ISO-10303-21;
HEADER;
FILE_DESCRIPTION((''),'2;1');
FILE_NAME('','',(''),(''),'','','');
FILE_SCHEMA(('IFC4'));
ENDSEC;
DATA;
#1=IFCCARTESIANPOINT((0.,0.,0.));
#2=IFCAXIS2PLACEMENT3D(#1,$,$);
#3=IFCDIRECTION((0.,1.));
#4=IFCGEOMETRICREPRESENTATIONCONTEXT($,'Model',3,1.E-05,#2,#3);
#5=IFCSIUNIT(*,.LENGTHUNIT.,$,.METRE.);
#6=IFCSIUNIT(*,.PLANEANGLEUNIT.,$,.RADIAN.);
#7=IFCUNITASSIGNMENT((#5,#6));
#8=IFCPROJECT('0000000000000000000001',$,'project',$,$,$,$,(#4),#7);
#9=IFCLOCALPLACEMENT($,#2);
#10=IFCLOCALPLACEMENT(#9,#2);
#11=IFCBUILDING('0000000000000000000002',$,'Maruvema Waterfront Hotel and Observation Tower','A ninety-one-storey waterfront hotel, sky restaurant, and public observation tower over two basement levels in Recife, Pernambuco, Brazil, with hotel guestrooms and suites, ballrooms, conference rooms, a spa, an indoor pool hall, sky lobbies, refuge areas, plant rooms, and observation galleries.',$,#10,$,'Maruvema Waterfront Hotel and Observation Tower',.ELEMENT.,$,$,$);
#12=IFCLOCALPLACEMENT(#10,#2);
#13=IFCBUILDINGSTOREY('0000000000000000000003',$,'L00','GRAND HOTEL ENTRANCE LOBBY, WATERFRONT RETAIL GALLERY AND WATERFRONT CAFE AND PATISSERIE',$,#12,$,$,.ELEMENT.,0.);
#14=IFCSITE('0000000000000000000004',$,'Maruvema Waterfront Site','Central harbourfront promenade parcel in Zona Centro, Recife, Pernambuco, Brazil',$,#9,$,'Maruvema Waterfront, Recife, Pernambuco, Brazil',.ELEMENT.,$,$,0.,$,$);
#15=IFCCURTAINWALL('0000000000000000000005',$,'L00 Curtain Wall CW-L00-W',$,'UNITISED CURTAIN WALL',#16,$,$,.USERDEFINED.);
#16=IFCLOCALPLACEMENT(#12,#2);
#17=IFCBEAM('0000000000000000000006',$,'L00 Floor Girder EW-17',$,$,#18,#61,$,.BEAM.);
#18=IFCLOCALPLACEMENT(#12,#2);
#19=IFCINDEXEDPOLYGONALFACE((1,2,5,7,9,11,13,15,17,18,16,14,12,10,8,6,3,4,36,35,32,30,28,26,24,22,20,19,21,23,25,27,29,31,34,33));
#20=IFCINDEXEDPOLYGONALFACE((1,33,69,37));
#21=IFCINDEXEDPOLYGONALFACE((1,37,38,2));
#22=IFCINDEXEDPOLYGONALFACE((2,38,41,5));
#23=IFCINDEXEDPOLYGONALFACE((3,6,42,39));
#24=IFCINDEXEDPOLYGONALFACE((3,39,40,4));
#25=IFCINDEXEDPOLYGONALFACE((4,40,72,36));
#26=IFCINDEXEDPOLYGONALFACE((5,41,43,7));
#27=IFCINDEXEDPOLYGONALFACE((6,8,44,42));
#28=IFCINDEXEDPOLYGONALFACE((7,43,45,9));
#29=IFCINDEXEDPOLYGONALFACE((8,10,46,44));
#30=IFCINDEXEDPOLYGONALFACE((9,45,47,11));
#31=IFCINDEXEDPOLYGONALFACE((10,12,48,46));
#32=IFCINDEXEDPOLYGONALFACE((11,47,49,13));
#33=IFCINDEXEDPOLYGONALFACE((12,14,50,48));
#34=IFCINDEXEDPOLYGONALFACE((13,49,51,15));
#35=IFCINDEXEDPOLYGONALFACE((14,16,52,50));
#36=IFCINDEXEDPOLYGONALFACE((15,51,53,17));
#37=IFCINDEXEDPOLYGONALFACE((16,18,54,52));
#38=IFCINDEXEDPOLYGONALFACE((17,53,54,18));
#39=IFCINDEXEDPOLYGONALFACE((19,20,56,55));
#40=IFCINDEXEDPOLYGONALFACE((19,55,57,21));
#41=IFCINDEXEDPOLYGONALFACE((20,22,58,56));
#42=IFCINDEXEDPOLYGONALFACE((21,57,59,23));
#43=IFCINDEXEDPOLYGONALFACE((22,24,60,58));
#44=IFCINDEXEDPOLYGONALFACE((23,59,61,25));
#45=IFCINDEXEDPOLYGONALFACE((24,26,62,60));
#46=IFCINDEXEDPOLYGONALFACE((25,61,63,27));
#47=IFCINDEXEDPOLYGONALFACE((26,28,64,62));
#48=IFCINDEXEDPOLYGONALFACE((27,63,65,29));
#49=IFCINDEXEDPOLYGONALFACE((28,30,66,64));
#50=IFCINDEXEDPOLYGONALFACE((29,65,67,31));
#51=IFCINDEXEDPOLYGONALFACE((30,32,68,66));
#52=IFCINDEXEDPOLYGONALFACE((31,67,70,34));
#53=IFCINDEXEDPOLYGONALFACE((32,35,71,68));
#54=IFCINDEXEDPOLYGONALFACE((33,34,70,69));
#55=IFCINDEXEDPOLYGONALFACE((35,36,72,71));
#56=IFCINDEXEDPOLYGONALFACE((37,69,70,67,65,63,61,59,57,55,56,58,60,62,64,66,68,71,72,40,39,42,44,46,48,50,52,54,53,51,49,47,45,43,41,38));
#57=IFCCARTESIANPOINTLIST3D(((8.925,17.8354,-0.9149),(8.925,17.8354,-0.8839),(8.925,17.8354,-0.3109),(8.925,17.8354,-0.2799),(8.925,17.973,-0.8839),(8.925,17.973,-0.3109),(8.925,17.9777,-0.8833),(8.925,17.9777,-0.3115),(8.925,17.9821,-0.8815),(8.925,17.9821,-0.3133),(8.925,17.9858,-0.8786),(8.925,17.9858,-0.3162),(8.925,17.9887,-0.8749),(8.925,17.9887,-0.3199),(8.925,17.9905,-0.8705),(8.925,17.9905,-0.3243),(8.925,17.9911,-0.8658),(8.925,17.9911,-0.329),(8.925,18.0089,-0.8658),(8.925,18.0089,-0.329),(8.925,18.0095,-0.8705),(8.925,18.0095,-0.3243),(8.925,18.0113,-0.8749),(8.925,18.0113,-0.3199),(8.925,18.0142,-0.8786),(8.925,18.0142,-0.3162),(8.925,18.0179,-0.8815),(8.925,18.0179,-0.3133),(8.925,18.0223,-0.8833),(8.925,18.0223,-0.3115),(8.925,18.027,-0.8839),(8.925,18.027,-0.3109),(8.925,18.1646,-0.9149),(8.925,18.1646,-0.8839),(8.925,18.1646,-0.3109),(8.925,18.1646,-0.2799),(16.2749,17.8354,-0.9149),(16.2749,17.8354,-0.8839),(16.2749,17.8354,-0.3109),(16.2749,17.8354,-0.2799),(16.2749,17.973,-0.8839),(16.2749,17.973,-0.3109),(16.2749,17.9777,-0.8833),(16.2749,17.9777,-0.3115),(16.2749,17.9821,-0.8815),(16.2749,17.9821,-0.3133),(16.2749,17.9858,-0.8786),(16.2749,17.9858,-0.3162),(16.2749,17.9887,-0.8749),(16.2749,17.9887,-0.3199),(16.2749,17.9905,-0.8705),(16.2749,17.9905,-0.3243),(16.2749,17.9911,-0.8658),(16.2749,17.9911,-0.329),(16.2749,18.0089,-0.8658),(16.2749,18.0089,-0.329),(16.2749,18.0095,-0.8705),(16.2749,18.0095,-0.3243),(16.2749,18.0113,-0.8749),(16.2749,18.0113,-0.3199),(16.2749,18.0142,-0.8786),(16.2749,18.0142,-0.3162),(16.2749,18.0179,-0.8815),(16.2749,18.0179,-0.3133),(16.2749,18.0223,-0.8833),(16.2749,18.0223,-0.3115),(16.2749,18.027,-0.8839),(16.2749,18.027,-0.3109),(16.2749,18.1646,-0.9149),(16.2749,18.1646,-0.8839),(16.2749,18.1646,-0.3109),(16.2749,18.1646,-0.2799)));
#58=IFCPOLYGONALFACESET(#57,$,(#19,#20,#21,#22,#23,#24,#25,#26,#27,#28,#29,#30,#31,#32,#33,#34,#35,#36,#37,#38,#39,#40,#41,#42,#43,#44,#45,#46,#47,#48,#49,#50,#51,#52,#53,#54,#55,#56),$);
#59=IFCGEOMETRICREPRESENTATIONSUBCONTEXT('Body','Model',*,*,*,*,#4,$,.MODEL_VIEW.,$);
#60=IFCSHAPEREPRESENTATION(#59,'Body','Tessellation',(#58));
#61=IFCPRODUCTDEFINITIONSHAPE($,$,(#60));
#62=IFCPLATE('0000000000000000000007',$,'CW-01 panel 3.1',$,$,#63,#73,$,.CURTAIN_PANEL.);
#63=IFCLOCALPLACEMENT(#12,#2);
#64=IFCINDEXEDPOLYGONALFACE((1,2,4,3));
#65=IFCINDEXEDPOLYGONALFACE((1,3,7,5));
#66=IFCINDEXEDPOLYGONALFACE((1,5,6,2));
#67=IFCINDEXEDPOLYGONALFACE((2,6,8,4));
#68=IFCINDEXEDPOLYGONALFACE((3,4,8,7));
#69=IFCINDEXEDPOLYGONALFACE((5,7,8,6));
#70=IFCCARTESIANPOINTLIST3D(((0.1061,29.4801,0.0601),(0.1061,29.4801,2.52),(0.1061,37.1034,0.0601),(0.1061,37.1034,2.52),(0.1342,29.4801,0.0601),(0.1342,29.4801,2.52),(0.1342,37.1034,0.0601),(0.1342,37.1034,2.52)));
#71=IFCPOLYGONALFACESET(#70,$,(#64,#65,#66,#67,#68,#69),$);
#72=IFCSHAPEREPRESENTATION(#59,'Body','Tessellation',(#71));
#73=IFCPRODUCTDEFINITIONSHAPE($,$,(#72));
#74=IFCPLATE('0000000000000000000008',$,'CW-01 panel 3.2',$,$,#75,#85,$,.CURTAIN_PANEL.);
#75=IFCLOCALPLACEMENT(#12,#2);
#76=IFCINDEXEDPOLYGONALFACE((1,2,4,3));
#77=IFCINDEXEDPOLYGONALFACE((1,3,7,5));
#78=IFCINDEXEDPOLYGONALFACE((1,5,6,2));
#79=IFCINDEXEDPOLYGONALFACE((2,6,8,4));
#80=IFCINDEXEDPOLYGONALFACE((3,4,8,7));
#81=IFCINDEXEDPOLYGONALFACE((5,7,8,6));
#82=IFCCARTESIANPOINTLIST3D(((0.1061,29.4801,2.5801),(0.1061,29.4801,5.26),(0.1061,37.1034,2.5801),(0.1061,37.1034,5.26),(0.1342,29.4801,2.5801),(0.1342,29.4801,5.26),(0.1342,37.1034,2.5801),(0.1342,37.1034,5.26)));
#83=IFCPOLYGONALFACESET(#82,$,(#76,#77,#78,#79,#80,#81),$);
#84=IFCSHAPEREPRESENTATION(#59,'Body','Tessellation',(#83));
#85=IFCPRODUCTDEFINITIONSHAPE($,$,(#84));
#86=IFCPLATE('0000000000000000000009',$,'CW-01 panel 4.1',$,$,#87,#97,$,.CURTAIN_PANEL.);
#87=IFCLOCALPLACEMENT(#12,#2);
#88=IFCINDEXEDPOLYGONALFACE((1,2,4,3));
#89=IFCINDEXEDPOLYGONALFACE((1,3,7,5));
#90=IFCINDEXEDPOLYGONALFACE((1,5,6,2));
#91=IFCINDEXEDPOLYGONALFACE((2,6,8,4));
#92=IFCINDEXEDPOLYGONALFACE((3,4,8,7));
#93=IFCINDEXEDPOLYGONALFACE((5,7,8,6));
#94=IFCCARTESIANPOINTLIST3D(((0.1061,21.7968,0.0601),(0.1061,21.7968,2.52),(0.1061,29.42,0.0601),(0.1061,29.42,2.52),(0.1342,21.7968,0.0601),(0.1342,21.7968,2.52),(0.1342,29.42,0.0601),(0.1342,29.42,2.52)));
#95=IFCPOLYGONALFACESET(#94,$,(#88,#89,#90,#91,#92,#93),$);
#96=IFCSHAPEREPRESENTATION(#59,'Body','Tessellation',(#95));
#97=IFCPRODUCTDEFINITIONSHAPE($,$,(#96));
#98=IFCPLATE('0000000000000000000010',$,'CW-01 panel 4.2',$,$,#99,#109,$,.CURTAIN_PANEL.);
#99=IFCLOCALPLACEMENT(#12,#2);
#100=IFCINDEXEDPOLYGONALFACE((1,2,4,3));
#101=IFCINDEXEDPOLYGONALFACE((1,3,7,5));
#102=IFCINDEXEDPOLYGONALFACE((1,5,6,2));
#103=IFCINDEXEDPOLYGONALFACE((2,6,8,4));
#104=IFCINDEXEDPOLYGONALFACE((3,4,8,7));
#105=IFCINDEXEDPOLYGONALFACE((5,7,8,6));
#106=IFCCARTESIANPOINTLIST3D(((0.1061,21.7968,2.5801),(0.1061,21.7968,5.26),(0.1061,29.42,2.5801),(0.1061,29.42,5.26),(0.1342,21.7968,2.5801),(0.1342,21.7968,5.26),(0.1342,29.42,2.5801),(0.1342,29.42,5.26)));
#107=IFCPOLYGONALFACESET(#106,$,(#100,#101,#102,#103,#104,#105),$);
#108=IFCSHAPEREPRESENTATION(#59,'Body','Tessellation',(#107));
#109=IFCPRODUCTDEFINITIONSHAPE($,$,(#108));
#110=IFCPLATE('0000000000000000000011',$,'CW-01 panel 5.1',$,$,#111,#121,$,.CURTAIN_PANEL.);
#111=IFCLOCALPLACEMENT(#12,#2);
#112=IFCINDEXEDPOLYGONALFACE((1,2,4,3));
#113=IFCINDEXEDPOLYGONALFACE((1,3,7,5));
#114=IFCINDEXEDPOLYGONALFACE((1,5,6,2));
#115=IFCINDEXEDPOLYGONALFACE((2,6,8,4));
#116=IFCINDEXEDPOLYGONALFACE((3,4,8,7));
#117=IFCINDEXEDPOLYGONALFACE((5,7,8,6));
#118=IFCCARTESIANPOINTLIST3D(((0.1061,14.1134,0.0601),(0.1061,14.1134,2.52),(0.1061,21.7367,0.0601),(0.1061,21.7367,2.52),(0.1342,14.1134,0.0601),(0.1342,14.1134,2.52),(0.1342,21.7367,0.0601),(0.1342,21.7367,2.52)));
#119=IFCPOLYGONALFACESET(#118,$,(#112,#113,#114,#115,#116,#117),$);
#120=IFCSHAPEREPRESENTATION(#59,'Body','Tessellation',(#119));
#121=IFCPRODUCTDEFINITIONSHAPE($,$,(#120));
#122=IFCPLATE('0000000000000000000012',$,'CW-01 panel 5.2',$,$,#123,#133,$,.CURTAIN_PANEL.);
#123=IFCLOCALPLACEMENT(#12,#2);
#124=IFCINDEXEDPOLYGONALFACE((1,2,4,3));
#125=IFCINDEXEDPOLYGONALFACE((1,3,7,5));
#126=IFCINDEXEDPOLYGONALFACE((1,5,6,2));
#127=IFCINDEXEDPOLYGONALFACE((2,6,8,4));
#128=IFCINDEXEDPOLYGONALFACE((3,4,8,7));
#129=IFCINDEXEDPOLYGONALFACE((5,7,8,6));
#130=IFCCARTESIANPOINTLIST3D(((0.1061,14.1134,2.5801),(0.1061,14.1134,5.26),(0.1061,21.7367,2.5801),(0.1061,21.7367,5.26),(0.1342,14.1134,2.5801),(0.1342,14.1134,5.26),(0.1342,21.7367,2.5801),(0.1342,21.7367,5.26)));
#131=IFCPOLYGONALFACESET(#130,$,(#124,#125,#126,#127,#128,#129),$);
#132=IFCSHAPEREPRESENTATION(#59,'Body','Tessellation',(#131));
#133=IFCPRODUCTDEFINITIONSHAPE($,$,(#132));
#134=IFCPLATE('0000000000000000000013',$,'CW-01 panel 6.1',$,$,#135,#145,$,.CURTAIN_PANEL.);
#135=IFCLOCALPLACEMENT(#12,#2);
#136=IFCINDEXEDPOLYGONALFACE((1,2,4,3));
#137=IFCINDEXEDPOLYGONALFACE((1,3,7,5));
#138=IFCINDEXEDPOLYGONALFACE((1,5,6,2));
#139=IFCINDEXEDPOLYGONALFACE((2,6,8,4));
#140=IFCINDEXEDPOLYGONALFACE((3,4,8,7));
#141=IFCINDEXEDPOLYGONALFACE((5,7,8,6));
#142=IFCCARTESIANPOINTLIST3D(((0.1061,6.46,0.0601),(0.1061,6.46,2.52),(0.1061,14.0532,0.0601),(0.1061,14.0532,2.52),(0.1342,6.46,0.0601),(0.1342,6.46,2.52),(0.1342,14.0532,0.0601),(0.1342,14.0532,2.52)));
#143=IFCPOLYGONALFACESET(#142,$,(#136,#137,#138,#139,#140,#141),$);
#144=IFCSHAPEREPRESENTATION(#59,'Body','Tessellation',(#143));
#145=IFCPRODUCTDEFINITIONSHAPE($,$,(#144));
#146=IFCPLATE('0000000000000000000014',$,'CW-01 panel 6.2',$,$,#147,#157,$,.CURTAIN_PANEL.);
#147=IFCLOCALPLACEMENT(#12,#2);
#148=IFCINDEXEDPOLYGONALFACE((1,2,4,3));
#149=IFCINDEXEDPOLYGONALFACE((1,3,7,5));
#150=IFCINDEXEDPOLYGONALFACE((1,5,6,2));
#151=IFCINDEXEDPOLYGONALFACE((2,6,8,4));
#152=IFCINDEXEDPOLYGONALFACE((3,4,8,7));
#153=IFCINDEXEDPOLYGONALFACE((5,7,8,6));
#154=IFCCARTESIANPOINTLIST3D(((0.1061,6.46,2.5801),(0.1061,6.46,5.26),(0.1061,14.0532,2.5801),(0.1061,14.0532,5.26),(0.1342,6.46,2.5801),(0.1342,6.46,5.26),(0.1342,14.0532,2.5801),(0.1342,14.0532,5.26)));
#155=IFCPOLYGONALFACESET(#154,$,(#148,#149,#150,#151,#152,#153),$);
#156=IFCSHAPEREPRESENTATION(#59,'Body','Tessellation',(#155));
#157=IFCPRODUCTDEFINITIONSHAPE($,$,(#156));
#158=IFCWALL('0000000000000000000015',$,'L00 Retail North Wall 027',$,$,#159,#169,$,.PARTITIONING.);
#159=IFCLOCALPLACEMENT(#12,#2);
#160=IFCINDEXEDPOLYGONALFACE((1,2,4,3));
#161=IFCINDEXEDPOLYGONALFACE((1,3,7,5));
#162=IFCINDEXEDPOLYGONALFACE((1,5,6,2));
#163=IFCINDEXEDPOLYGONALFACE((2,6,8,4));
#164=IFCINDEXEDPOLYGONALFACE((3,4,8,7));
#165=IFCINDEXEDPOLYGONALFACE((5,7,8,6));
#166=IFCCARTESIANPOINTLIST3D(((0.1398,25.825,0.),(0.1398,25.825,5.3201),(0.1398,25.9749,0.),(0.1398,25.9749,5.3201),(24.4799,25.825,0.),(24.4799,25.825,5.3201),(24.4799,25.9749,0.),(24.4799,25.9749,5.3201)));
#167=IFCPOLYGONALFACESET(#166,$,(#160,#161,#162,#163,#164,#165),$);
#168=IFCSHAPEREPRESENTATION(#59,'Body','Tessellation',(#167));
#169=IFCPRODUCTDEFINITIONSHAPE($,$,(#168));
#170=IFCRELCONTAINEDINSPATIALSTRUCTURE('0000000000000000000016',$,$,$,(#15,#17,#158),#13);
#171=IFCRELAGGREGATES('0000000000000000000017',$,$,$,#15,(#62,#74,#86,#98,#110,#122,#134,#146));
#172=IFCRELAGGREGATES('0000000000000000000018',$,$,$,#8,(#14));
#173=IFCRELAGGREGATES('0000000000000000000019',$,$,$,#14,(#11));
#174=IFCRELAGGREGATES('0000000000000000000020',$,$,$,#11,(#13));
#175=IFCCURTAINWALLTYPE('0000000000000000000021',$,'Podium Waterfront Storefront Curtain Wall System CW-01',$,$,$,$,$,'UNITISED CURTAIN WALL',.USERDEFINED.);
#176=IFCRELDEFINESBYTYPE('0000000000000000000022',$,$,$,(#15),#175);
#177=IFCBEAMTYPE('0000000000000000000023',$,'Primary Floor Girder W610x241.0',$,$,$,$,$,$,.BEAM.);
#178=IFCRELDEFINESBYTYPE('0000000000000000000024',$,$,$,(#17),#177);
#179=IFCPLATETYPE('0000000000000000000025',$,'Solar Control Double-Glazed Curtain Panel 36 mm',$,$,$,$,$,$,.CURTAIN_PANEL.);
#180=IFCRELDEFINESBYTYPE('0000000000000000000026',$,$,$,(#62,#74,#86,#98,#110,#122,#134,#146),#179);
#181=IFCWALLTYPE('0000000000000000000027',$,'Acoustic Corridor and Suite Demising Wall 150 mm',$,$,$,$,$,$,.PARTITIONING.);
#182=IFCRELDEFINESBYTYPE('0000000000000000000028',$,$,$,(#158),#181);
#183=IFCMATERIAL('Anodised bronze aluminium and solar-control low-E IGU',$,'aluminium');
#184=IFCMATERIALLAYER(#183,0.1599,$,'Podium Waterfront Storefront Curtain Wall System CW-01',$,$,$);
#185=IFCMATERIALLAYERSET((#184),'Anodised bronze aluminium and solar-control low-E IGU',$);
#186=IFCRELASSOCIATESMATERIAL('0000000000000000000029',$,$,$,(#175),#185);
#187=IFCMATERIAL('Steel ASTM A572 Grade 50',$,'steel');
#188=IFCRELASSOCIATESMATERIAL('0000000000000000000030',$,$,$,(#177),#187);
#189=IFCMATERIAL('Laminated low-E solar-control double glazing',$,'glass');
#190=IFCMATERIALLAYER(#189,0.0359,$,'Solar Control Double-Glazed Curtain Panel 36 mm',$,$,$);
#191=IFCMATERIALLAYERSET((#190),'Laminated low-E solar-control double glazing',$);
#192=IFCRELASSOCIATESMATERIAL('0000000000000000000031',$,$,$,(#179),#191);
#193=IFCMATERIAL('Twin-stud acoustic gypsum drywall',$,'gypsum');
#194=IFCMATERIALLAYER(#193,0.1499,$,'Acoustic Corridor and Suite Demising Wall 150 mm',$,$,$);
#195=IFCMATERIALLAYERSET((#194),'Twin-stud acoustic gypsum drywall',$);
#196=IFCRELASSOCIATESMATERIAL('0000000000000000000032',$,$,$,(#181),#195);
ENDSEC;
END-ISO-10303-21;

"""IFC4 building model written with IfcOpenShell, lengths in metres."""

from ifc_helpers import new_model, si_unit, direction, frame, frame_2d, origin, origin_2d, place, context, subcontext, project, spatial, rectangle, i_section, extrude, material, layer, layer_set, material_profile, profile_set, type_object, element, aggregate, save


model = new_model("IFC4")

# Units and contexts
model_context = context("Model", 3, precision=1e-05, world=origin(), true_north=direction((0.0, 1.0)))
body_context = subcontext(model_context, "Body", "Model", "MODEL_VIEW")
ifc_project = project(units=[si_unit("LENGTHUNIT", "METRE"), si_unit("PLANEANGLEUNIT", "RADIAN")], contexts=[model_context])

# Site, building, storey
site_placement = place(None, origin())
site = spatial("IfcSite", under=ifc_project, at=site_placement, Name="Maruvema Waterfront Site", Description="Central harbourfront promenade parcel in Zona Centro, Recife, Pernambuco, Brazil", LongName="Maruvema Waterfront, Recife, Pernambuco, Brazil", CompositionType="ELEMENT", RefElevation=0.0)
building_placement = place(site_placement, origin())
building = spatial("IfcBuilding", under=site, at=building_placement, Name="Maruvema Waterfront Hotel and Observation Tower", Description="A ninety-one-storey waterfront hotel, sky restaurant, and public observation tower over two basement levels in Recife, Pernambuco, Brazil, with hotel guestrooms and suites, ballrooms, conference rooms, a spa, an indoor pool hall, sky lobbies, refuge areas, plant rooms, and observation galleries.", LongName="Maruvema Waterfront Hotel and Observation Tower", CompositionType="ELEMENT")
storey_placement = place(building_placement, origin())
storey = spatial("IfcBuildingStorey", under=building, at=storey_placement, Name="L00", Description="GRAND HOTEL ENTRANCE LOBBY, WATERFRONT RETAIL GALLERY AND WATERFRONT CAFE AND PATISSERIE", CompositionType="ELEMENT", Elevation=0.0)

# Curtain wall
ifc_material_1 = material(Name="Anodised bronze aluminium and solar-control low-E IGU", Category="aluminium")
ifc_layer_1 = layer(ifc_material_1, 0.1599, Name="Podium Waterfront Storefront Curtain Wall System CW-01")
ifc_layer_set_1 = layer_set([ifc_layer_1], Name="Anodised bronze aluminium and solar-control low-E IGU")
curtain_wall_type = type_object("IfcCurtainWallType", Name="Podium Waterfront Storefront Curtain Wall System CW-01", ElementType="UNITISED CURTAIN WALL", PredefinedType="USERDEFINED", material=ifc_layer_set_1)
curtain_wall_placement = place(storey_placement, origin())
curtain_wall = element("IfcCurtainWall", 1, at=curtain_wall_placement, inside=storey, type_object=curtain_wall_type, Name="L00 Curtain Wall CW-L00-W", ObjectType="UNITISED CURTAIN WALL", PredefinedType="USERDEFINED")

# Beam
ifc_material_2 = material(Name="Steel ASTM A572 Grade 50", Category="steel")
ifc_material_profile_1 = material_profile(ifc_material_2, i_section(OverallWidth=0.3291, OverallDepth=0.635, WebThickness=0.0178, FlangeThickness=0.031, FilletRadius=0.0181, at=origin_2d()), Name="W610x241.0")
ifc_profile_set_1 = profile_set([ifc_material_profile_1], Name="Steel ASTM A572 Grade 50")
beam_type_1 = type_object("IfcBeamType", Name="Primary Floor Girder W610x241.0", PredefinedType="BEAM", material=ifc_profile_set_1)
beam_placement = place(storey_placement, frame((8.925, 18.0, -0.5974), z_axis=(1.0, 0.0, 0.0), x_axis=(0.0, 1.0, 0.0)))
element("IfcBeam", 2, at=beam_placement, inside=storey, type_object=beam_type_1, Name="L00 Floor Girder EW-17", PredefinedType="BEAM", context=body_context, shape_type="SweptSolid", body=[
    extrude(i_section(OverallWidth=0.3291, OverallDepth=0.635, WebThickness=0.0178, FlangeThickness=0.031, FilletRadius=0.0181, at=origin_2d()), origin(), (0.0, 0.0, 1.0), 7.3499),
])

# Plates
ifc_material_3 = material(Name="Laminated low-E solar-control double glazing", Category="glass")
ifc_layer_2 = layer(ifc_material_3, 0.0359, Name="Solar Control Double-Glazed Curtain Panel 36 mm")
ifc_layer_set_2 = layer_set([ifc_layer_2], Name="Laminated low-E solar-control double glazing")
plate_type = type_object("IfcPlateType", Name="Solar Control Double-Glazed Curtain Panel 36 mm", PredefinedType="CURTAIN_PANEL", material=ifc_layer_set_2)
plate_1_placement = place(storey_placement, frame((0.1201, 33.2917, 0.0601), z_axis=(0.0, 0.0, 1.0), x_axis=(0.0, -1.0, 0.0)))
plate_1 = element("IfcPlate", 3, at=plate_1_placement, type_object=plate_type, Name="CW-01 panel 3.1", PredefinedType="CURTAIN_PANEL", context=body_context, shape_type="SweptSolid", body=[
    extrude(rectangle(XDim=7.6233, YDim=0.0281, at=origin_2d()), origin(), (0.0, 0.0, 1.0), 2.46),
])
plate_2_placement = place(storey_placement, frame((0.1201, 33.2917, 2.5801), z_axis=(0.0, 0.0, 1.0), x_axis=(0.0, -1.0, 0.0)))
plate_2 = element("IfcPlate", 4, at=plate_2_placement, type_object=plate_type, Name="CW-01 panel 3.2", PredefinedType="CURTAIN_PANEL", context=body_context, shape_type="SweptSolid", body=[
    extrude(rectangle(XDim=7.6233, YDim=0.0281, at=origin_2d()), origin(), (0.0, 0.0, 1.0), 2.6799),
])
plate_3_placement = place(storey_placement, frame((0.1201, 25.6084, 0.0601), z_axis=(0.0, 0.0, 1.0), x_axis=(0.0, -1.0, 0.0)))
plate_3 = element("IfcPlate", 5, at=plate_3_placement, type_object=plate_type, Name="CW-01 panel 4.1", PredefinedType="CURTAIN_PANEL", context=body_context, shape_type="SweptSolid", body=[
    extrude(rectangle(XDim=7.6233, YDim=0.0281, at=origin_2d()), origin(), (0.0, 0.0, 1.0), 2.46),
])
plate_4_placement = place(storey_placement, frame((0.1201, 25.6084, 2.5801), z_axis=(0.0, 0.0, 1.0), x_axis=(0.0, -1.0, 0.0)))
plate_4 = element("IfcPlate", 6, at=plate_4_placement, type_object=plate_type, Name="CW-01 panel 4.2", PredefinedType="CURTAIN_PANEL", context=body_context, shape_type="SweptSolid", body=[
    extrude(rectangle(XDim=7.6233, YDim=0.0281, at=origin_2d()), origin(), (0.0, 0.0, 1.0), 2.6799),
])
plate_5_placement = place(storey_placement, frame((0.1201, 17.925, 0.0601), z_axis=(0.0, 0.0, 1.0), x_axis=(0.0, -1.0, 0.0)))
plate_5 = element("IfcPlate", 7, at=plate_5_placement, type_object=plate_type, Name="CW-01 panel 5.1", PredefinedType="CURTAIN_PANEL", context=body_context, shape_type="SweptSolid", body=[
    extrude(rectangle(XDim=7.6233, YDim=0.0281, at=origin_2d()), origin(), (0.0, 0.0, 1.0), 2.46),
])
plate_6_placement = place(storey_placement, frame((0.1201, 17.925, 2.5801), z_axis=(0.0, 0.0, 1.0), x_axis=(0.0, -1.0, 0.0)))
plate_6 = element("IfcPlate", 8, at=plate_6_placement, type_object=plate_type, Name="CW-01 panel 5.2", PredefinedType="CURTAIN_PANEL", context=body_context, shape_type="SweptSolid", body=[
    extrude(rectangle(XDim=7.6233, YDim=0.0281, at=origin_2d()), origin(), (0.0, 0.0, 1.0), 2.6799),
])
plate_7_placement = place(storey_placement, frame((0.1201, 10.2566, 0.0601), z_axis=(0.0, 0.0, 1.0), x_axis=(0.0, -1.0, 0.0)))
plate_7 = element("IfcPlate", 9, at=plate_7_placement, type_object=plate_type, Name="CW-01 panel 6.1", PredefinedType="CURTAIN_PANEL", context=body_context, shape_type="SweptSolid", body=[
    extrude(rectangle(XDim=7.5933, YDim=0.0281, at=origin_2d()), origin(), (0.0, 0.0, 1.0), 2.46),
])
plate_8_placement = place(storey_placement, frame((0.1201, 10.2566, 2.5801), z_axis=(0.0, 0.0, 1.0), x_axis=(0.0, -1.0, 0.0)))
plate_8 = element("IfcPlate", 10, at=plate_8_placement, type_object=plate_type, Name="CW-01 panel 6.2", PredefinedType="CURTAIN_PANEL", context=body_context, shape_type="SweptSolid", body=[
    extrude(rectangle(XDim=7.5933, YDim=0.0281, at=origin_2d()), origin(), (0.0, 0.0, 1.0), 2.6799),
])
aggregate(curtain_wall, [plate_1, plate_2, plate_3, plate_4, plate_5, plate_6, plate_7, plate_8])

# Wall
ifc_material_4 = material(Name="Twin-stud acoustic gypsum drywall", Category="gypsum")
ifc_layer_3 = layer(ifc_material_4, 0.1499, Name="Acoustic Corridor and Suite Demising Wall 150 mm")
ifc_layer_set_3 = layer_set([ifc_layer_3], Name="Twin-stud acoustic gypsum drywall")
wall_type = type_object("IfcWallType", Name="Acoustic Corridor and Suite Demising Wall 150 mm", PredefinedType="PARTITIONING", material=ifc_layer_set_3)
wall_placement = place(storey_placement, frame((0.1399, 25.8999, 0.0), z_axis=(0.0, 0.0, 1.0), x_axis=(1.0, 0.0, 0.0)))
element("IfcWall", 11, at=wall_placement, inside=storey, type_object=wall_type, Name="L00 Retail North Wall 027", PredefinedType="PARTITIONING", context=body_context, shape_type="SweptSolid", body=[
    extrude(rectangle(XDim=24.3401, YDim=0.1499, at=frame_2d((12.1699, 0.0))), origin(), (0.0, 0.0, 1.0), 5.3201),
])

save(model, "model.ifc")
